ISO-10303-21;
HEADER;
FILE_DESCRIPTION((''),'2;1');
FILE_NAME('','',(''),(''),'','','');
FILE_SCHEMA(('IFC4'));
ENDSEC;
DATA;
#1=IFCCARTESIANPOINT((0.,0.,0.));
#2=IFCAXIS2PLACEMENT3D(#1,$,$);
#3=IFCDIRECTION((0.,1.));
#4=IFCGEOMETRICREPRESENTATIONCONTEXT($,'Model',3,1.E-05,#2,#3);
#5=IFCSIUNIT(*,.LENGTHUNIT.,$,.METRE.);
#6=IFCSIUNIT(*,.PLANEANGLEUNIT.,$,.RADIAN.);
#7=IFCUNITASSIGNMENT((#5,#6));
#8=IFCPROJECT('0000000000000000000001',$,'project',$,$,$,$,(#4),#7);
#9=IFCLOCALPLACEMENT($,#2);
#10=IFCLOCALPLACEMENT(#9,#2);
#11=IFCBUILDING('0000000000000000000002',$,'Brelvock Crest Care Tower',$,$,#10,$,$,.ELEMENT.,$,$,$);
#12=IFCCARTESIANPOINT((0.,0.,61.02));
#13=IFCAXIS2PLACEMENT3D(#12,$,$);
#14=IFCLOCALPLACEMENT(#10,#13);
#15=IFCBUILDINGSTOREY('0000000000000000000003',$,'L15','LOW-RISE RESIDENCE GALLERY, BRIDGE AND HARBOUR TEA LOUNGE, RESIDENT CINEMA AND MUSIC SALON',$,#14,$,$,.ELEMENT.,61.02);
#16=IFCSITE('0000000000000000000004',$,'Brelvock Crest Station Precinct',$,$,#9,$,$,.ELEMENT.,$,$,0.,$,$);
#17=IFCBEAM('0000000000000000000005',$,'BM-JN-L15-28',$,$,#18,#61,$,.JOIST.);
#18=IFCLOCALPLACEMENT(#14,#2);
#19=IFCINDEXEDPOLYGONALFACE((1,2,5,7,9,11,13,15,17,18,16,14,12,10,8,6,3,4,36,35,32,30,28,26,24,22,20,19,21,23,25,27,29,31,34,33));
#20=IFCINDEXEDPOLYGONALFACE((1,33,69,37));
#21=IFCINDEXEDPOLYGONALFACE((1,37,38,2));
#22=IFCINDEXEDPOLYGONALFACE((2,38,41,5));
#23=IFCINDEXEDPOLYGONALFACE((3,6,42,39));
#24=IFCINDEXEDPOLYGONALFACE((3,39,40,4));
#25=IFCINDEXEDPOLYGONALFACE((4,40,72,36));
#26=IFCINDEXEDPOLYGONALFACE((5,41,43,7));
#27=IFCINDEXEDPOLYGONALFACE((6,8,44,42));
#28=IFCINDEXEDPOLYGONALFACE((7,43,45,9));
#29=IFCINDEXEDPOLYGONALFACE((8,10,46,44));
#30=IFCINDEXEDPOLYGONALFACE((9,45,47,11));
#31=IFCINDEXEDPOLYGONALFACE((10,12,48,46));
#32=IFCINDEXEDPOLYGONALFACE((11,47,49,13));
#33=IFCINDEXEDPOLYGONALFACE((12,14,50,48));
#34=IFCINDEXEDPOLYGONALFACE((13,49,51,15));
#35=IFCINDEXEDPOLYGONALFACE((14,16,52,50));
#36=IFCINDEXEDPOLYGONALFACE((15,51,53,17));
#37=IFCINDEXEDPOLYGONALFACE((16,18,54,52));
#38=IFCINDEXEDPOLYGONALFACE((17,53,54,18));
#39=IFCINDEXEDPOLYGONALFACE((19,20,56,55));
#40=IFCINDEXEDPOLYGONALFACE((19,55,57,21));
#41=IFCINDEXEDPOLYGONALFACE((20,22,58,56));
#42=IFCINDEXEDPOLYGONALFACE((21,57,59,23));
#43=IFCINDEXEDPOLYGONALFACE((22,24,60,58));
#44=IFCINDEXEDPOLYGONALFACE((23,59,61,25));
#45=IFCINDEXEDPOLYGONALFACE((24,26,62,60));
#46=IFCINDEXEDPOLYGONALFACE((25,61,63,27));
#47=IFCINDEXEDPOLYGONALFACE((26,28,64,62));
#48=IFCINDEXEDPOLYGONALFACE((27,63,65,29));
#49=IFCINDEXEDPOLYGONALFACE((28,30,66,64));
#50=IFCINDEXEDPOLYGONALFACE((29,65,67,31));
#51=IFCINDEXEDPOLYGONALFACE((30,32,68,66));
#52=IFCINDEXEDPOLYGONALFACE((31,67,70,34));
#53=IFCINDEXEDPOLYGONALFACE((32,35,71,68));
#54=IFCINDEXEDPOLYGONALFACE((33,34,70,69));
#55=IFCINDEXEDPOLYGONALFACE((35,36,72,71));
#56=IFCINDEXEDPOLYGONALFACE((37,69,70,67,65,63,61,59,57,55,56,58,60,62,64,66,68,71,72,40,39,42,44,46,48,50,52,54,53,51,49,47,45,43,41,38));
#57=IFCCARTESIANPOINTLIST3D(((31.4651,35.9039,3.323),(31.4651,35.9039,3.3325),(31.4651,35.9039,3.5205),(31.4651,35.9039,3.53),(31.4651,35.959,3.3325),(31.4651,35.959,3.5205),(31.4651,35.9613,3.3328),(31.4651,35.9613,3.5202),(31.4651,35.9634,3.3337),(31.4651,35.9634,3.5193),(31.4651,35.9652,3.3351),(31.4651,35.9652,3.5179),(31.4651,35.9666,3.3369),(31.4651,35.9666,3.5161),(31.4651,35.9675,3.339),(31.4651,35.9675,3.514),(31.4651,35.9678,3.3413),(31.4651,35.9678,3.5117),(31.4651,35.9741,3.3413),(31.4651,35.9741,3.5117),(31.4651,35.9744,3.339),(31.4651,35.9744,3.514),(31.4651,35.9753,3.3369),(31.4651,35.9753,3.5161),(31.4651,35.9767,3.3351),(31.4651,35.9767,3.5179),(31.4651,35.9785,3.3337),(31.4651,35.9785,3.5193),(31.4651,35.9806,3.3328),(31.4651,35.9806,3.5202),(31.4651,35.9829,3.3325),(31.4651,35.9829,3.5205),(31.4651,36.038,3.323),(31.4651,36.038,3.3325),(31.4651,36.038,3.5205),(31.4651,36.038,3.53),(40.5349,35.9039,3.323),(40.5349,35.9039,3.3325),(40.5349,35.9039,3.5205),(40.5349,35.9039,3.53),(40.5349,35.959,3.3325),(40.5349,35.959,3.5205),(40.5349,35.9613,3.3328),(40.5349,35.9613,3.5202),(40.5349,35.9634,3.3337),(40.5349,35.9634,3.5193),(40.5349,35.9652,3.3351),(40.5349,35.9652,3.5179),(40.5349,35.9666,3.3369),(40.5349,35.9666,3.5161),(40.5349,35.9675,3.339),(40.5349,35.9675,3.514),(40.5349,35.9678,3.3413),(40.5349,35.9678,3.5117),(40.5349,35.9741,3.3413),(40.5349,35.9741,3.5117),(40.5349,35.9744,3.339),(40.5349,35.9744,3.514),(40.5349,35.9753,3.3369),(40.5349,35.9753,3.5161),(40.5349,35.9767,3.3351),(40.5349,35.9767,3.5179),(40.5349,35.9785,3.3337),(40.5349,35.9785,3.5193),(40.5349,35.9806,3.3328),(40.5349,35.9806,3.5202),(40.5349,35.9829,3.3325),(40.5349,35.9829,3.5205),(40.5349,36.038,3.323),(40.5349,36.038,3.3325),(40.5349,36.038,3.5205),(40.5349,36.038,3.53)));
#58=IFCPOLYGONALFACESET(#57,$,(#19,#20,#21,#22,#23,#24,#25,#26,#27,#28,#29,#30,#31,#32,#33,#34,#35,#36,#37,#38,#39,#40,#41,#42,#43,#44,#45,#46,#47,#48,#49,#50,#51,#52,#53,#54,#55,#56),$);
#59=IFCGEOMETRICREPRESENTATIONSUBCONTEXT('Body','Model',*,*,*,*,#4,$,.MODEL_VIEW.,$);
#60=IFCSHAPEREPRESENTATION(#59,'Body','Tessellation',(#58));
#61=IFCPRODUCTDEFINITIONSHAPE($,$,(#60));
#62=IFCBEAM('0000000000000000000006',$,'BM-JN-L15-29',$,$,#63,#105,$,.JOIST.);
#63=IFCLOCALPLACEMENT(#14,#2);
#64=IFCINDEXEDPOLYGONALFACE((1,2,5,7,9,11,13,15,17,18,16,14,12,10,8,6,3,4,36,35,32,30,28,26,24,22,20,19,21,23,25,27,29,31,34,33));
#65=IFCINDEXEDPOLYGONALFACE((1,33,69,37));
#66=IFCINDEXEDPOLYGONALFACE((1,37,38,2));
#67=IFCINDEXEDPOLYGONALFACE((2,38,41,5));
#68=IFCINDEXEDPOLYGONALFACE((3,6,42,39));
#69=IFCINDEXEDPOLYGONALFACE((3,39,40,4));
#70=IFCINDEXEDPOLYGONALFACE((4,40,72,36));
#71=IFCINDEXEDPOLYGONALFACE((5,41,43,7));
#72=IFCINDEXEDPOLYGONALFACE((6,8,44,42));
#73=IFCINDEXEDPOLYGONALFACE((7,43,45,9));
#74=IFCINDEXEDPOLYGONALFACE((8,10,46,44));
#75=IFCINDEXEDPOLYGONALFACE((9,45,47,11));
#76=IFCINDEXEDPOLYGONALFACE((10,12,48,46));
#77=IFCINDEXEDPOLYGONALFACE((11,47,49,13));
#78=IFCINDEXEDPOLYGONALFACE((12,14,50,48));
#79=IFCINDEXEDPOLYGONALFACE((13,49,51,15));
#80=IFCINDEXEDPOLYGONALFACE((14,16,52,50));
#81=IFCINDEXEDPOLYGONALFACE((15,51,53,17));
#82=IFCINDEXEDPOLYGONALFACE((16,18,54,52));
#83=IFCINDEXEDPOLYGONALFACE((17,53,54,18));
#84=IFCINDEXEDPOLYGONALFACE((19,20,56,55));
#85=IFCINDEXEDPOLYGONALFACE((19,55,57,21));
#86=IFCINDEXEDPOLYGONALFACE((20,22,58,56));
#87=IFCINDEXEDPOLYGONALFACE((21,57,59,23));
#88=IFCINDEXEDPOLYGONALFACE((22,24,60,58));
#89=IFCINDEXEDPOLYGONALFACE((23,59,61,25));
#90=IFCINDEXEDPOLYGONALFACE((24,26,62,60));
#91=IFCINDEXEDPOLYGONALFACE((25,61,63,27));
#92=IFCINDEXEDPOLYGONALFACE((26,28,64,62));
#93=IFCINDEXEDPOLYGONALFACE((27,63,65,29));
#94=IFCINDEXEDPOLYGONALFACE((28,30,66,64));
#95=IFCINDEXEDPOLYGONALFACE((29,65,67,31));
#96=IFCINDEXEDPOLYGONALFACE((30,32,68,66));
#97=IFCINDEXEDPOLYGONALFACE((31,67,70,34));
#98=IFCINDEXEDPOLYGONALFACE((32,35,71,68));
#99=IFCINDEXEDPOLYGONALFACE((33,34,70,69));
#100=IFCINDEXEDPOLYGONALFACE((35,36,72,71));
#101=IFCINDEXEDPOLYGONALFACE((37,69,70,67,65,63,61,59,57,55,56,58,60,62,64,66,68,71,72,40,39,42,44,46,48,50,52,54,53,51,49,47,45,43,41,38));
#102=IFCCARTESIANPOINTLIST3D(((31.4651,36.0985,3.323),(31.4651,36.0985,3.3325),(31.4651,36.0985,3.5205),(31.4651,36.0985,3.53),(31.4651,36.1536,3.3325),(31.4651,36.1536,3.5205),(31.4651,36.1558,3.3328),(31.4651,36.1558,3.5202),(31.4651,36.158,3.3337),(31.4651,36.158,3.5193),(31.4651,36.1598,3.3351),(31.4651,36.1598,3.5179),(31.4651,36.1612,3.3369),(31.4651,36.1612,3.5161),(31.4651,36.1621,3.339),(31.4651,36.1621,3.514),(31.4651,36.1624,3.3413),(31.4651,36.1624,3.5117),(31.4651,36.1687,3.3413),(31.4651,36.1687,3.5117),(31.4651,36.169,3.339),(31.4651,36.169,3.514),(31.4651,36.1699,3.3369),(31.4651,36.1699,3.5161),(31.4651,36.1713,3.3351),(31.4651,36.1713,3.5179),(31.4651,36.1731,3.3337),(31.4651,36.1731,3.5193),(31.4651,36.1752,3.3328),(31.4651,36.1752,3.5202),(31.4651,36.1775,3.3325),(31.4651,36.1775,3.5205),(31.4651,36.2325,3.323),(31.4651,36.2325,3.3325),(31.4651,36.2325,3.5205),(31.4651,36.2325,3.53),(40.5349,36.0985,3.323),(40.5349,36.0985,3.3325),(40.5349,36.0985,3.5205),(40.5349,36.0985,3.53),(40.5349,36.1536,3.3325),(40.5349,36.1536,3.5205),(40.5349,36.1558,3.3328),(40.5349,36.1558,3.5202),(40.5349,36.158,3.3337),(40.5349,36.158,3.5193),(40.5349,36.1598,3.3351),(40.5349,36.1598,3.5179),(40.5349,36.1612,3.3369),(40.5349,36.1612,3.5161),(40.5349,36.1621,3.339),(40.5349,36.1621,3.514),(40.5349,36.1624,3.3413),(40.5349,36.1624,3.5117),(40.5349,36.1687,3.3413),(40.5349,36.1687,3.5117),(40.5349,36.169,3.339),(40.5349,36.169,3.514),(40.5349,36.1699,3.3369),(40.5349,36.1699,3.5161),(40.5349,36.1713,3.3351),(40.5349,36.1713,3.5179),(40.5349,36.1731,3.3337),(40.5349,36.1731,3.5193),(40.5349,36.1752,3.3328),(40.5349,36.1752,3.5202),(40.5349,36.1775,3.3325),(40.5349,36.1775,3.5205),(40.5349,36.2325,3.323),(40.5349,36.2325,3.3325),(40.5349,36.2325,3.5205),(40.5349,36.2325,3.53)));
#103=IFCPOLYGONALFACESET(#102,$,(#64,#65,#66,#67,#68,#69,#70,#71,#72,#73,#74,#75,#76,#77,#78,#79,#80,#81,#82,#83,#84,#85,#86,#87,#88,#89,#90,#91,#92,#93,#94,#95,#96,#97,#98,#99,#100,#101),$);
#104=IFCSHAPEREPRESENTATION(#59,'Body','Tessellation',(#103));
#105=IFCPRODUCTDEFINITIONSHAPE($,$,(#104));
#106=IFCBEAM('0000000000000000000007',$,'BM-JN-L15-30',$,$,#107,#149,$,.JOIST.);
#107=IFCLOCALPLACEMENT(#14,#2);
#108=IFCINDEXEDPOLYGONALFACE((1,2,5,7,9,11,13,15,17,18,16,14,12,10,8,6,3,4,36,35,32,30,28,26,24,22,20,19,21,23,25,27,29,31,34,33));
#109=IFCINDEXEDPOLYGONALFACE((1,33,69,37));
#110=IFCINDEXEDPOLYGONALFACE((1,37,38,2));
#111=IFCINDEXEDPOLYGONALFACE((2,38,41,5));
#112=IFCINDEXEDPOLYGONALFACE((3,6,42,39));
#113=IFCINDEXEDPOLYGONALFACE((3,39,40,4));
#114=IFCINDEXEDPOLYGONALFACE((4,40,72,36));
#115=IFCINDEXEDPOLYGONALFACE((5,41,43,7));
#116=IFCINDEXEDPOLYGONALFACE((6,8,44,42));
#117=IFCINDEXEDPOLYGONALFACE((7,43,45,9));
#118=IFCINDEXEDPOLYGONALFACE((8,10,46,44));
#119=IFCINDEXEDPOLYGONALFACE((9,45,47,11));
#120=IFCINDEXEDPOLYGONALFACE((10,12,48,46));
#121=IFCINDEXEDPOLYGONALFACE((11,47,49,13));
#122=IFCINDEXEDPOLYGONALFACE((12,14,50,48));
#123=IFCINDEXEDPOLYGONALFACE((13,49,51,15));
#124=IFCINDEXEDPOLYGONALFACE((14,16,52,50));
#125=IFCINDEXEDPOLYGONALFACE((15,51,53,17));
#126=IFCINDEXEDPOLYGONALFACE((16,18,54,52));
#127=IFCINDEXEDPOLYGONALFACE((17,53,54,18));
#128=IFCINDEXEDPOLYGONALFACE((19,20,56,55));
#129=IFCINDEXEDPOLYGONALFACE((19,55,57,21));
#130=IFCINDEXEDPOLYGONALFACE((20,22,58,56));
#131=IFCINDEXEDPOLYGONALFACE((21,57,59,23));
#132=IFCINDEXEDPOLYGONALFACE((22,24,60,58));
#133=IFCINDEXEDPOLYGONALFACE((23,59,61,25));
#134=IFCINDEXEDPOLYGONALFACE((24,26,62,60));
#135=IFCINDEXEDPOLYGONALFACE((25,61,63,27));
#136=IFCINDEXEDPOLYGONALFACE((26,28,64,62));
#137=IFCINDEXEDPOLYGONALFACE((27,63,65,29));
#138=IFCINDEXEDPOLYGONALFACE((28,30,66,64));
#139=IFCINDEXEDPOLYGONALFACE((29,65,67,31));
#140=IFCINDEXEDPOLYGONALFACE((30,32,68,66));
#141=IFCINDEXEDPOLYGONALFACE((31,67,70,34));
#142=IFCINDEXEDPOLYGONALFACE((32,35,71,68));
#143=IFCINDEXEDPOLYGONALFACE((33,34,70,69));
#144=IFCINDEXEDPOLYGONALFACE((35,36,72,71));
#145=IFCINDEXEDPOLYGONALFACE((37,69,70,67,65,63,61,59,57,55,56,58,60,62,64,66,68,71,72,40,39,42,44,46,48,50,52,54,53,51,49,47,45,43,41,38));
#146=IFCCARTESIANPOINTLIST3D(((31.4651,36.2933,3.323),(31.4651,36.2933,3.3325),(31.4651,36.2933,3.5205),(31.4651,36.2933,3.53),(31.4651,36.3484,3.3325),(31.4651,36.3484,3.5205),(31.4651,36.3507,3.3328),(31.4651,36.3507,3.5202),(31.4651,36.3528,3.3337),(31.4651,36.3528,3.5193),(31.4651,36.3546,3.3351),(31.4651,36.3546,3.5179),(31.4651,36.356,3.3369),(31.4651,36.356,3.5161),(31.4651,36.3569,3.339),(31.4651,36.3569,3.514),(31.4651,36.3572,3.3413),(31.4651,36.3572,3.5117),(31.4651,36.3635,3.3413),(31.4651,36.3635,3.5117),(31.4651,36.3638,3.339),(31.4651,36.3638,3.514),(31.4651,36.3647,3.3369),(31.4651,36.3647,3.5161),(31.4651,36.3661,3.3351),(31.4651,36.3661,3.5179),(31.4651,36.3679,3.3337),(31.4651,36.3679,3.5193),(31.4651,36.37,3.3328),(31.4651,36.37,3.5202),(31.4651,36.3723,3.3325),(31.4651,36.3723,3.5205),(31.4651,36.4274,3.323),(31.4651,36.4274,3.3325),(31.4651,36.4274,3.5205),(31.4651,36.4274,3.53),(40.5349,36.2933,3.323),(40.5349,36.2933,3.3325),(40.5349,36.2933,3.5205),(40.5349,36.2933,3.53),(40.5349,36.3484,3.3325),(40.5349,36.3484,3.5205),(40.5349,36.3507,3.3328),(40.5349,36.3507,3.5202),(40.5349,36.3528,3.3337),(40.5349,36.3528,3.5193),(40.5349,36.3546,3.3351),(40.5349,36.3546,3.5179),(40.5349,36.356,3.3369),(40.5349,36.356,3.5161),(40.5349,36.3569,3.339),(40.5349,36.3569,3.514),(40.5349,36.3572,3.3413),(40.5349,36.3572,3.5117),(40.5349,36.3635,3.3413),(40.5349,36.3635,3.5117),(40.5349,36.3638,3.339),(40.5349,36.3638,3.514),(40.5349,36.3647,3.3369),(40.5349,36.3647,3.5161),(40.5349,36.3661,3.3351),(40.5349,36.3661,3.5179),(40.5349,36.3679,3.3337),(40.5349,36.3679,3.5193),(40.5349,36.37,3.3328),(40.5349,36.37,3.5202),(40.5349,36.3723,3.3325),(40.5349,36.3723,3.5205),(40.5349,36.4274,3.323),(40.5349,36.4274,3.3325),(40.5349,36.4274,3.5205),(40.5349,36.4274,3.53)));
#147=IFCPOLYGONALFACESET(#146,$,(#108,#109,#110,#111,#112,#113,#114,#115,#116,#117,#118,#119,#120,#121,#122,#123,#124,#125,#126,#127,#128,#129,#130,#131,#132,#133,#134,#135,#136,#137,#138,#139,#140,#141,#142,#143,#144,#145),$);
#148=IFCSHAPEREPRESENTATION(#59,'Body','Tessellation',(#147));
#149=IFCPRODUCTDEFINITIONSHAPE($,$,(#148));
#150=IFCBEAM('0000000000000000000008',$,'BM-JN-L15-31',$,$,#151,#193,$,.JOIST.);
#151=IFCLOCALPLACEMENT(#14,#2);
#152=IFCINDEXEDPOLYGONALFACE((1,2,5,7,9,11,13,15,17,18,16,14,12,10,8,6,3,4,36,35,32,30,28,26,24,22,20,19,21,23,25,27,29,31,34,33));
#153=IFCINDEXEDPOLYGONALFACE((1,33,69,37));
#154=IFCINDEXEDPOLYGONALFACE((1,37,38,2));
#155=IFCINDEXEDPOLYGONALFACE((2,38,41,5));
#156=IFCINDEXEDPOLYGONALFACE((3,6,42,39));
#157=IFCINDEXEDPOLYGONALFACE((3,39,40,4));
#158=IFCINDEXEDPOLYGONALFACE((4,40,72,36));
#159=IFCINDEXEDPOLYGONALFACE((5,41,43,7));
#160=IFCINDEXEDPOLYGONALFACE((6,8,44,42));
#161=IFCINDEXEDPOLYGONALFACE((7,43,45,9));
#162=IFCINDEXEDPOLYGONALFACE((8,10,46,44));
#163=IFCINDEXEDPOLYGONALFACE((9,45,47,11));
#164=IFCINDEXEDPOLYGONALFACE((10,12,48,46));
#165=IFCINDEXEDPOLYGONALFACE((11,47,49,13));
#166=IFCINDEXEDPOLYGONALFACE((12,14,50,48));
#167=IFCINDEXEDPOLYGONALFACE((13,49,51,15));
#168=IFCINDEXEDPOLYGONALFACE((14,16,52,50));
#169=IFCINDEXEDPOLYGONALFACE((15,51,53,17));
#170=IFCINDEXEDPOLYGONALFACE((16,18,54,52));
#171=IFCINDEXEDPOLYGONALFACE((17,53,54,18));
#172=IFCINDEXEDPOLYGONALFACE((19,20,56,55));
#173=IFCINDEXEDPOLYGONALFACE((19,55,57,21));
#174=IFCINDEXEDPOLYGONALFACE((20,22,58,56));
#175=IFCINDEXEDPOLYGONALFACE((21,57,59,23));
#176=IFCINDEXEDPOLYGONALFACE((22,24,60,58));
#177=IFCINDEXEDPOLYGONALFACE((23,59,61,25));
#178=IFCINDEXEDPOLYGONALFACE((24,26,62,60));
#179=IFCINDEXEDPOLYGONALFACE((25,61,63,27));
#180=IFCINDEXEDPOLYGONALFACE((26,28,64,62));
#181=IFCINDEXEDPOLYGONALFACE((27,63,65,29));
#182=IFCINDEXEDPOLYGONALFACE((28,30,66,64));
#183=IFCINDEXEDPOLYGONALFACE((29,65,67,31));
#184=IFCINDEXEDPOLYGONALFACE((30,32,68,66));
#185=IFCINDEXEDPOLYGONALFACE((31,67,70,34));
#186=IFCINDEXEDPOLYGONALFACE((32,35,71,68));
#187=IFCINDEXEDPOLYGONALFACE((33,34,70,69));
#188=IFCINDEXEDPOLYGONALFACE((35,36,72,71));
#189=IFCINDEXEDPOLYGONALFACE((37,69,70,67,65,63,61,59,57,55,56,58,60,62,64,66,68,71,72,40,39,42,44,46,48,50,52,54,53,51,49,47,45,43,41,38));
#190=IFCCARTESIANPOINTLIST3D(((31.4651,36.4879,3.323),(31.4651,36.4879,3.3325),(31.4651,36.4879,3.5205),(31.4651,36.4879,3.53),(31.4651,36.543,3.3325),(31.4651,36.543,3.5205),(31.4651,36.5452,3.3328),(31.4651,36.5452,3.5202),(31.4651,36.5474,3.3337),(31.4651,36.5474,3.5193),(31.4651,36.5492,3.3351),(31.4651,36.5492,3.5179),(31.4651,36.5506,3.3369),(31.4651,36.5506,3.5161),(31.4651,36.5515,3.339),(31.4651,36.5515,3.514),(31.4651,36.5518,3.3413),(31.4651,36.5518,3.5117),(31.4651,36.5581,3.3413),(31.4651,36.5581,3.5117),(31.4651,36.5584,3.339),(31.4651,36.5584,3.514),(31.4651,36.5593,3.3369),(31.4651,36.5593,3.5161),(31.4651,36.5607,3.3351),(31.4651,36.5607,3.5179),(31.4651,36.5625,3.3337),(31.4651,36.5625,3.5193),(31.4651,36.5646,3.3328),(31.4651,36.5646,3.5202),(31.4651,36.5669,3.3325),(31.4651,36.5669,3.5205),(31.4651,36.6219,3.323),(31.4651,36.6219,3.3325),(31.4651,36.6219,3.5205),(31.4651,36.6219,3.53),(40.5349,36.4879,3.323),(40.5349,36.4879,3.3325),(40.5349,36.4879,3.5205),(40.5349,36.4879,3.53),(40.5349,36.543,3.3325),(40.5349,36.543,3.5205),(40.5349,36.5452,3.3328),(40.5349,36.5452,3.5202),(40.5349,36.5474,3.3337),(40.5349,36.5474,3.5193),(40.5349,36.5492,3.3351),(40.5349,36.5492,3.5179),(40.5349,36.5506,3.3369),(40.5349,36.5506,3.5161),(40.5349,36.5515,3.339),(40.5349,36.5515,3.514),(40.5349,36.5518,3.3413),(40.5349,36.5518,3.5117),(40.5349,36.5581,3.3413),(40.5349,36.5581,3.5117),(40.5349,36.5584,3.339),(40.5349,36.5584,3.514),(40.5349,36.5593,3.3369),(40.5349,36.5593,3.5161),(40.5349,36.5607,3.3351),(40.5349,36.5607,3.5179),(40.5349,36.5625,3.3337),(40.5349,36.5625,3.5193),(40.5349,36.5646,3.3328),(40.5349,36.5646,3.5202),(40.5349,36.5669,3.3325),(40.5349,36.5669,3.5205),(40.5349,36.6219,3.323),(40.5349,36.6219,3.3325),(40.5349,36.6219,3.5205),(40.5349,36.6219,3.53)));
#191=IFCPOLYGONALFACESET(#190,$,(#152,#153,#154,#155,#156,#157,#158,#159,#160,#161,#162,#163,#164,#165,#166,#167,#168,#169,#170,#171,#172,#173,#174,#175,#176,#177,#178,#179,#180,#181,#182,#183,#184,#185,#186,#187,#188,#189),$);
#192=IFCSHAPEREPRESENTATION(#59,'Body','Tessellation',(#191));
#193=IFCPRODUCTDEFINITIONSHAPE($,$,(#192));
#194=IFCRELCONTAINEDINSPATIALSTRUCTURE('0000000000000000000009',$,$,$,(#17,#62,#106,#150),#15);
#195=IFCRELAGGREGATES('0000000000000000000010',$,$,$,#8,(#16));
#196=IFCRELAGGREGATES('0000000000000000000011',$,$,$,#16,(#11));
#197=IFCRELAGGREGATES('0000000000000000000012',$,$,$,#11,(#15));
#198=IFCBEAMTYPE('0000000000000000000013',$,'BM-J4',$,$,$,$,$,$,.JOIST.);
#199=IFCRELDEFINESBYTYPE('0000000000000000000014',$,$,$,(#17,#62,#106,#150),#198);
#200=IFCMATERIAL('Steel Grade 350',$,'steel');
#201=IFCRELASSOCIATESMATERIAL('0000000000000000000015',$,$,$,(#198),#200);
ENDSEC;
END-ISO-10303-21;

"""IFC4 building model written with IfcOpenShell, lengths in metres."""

from ifc_helpers import new_model, si_unit, direction, frame, origin, origin_2d, place, context, subcontext, project, spatial, i_section, extrude, source, transform, mapped, material, material_profile, profile_set, type_object, element, save


model = new_model("IFC4")

# Units and contexts
model_context = context("Model", 3, precision=1e-05, world=origin(), true_north=direction((0.0, 1.0)))
body_context = subcontext(model_context, "Body", "Model", "MODEL_VIEW")
ifc_project = project(units=[si_unit("LENGTHUNIT", "METRE"), si_unit("PLANEANGLEUNIT", "RADIAN")], contexts=[model_context])

# Site, building, storey
site_placement = place(None, origin())
site = spatial("IfcSite", under=ifc_project, at=site_placement, Name="Brelvock Crest Station Precinct", CompositionType="ELEMENT", RefElevation=0.0)
building_placement = place(site_placement, origin())
building = spatial("IfcBuilding", under=site, at=building_placement, Name="Brelvock Crest Care Tower", CompositionType="ELEMENT")
storey_placement = place(building_placement, frame((0.0, 0.0, 61.02)))
storey = spatial("IfcBuildingStorey", under=building, at=storey_placement, Name="L15", Description="LOW-RISE RESIDENCE GALLERY, BRIDGE AND HARBOUR TEA LOUNGE, RESIDENT CINEMA AND MUSIC SALON", CompositionType="ELEMENT", Elevation=61.02)

# Shared definitions
ifc_material_1 = material(Name="Steel Grade 350", Category="steel")

# Beams
ifc_material_profile_1 = material_profile(ifc_material_1, i_section(OverallWidth=0.134, OverallDepth=0.207, WebThickness=0.0063, FlangeThickness=0.0095, FilletRadius=0.0088, at=origin_2d()), Name="200UB29.8")
ifc_profile_set_1 = profile_set([ifc_material_profile_1], Name="Steel Grade 350")
beam_type_1 = type_object("IfcBeamType", Name="BM-J4", PredefinedType="JOIST", material=ifc_profile_set_1)
shared_shape_1 = source(origin(), body_context, "Body", "SweptSolid", [
    extrude(i_section(OverallWidth=0.134, OverallDepth=0.207, WebThickness=0.0063, FlangeThickness=0.0095, FilletRadius=0.0088, at=origin_2d()), origin(), (0.0, 0.0, 1.0), 9.0698),
])
for number, where, z_axis, x_axis, name in (
    (1, (31.4651, 35.9709, 3.4265), (1.0, 0.0, 0.0), (0.0, 1.0, 0.0), "BM-JN-L15-28"),
    (2, (31.4651, 36.1655, 3.4265), (1.0, 0.0, 0.0), (0.0, 1.0, 0.0), "BM-JN-L15-29"),
    (3, (31.4651, 36.3604, 3.4265), (1.0, 0.0, 0.0), (0.0, 1.0, 0.0), "BM-JN-L15-30"),
    (4, (31.4651, 36.5549, 3.4265), (1.0, 0.0, 0.0), (0.0, 1.0, 0.0), "BM-JN-L15-31"),
):
    element("IfcBeam", number, at=place(storey_placement, frame(where, z_axis=z_axis, x_axis=x_axis)), inside=storey, type_object=beam_type_1, Name=name, PredefinedType="JOIST", context=body_context, shape_type="MappedRepresentation", body=[
        mapped(shared_shape_1, transform((0.0, 0.0, 0.0), x_axis=(1.0, 0.0, 0.0), y_axis=(0.0, 1.0, 0.0), z_axis=(0.0, 0.0, 1.0), scale=1.0)),
    ])

save(model, "model.ifc")
